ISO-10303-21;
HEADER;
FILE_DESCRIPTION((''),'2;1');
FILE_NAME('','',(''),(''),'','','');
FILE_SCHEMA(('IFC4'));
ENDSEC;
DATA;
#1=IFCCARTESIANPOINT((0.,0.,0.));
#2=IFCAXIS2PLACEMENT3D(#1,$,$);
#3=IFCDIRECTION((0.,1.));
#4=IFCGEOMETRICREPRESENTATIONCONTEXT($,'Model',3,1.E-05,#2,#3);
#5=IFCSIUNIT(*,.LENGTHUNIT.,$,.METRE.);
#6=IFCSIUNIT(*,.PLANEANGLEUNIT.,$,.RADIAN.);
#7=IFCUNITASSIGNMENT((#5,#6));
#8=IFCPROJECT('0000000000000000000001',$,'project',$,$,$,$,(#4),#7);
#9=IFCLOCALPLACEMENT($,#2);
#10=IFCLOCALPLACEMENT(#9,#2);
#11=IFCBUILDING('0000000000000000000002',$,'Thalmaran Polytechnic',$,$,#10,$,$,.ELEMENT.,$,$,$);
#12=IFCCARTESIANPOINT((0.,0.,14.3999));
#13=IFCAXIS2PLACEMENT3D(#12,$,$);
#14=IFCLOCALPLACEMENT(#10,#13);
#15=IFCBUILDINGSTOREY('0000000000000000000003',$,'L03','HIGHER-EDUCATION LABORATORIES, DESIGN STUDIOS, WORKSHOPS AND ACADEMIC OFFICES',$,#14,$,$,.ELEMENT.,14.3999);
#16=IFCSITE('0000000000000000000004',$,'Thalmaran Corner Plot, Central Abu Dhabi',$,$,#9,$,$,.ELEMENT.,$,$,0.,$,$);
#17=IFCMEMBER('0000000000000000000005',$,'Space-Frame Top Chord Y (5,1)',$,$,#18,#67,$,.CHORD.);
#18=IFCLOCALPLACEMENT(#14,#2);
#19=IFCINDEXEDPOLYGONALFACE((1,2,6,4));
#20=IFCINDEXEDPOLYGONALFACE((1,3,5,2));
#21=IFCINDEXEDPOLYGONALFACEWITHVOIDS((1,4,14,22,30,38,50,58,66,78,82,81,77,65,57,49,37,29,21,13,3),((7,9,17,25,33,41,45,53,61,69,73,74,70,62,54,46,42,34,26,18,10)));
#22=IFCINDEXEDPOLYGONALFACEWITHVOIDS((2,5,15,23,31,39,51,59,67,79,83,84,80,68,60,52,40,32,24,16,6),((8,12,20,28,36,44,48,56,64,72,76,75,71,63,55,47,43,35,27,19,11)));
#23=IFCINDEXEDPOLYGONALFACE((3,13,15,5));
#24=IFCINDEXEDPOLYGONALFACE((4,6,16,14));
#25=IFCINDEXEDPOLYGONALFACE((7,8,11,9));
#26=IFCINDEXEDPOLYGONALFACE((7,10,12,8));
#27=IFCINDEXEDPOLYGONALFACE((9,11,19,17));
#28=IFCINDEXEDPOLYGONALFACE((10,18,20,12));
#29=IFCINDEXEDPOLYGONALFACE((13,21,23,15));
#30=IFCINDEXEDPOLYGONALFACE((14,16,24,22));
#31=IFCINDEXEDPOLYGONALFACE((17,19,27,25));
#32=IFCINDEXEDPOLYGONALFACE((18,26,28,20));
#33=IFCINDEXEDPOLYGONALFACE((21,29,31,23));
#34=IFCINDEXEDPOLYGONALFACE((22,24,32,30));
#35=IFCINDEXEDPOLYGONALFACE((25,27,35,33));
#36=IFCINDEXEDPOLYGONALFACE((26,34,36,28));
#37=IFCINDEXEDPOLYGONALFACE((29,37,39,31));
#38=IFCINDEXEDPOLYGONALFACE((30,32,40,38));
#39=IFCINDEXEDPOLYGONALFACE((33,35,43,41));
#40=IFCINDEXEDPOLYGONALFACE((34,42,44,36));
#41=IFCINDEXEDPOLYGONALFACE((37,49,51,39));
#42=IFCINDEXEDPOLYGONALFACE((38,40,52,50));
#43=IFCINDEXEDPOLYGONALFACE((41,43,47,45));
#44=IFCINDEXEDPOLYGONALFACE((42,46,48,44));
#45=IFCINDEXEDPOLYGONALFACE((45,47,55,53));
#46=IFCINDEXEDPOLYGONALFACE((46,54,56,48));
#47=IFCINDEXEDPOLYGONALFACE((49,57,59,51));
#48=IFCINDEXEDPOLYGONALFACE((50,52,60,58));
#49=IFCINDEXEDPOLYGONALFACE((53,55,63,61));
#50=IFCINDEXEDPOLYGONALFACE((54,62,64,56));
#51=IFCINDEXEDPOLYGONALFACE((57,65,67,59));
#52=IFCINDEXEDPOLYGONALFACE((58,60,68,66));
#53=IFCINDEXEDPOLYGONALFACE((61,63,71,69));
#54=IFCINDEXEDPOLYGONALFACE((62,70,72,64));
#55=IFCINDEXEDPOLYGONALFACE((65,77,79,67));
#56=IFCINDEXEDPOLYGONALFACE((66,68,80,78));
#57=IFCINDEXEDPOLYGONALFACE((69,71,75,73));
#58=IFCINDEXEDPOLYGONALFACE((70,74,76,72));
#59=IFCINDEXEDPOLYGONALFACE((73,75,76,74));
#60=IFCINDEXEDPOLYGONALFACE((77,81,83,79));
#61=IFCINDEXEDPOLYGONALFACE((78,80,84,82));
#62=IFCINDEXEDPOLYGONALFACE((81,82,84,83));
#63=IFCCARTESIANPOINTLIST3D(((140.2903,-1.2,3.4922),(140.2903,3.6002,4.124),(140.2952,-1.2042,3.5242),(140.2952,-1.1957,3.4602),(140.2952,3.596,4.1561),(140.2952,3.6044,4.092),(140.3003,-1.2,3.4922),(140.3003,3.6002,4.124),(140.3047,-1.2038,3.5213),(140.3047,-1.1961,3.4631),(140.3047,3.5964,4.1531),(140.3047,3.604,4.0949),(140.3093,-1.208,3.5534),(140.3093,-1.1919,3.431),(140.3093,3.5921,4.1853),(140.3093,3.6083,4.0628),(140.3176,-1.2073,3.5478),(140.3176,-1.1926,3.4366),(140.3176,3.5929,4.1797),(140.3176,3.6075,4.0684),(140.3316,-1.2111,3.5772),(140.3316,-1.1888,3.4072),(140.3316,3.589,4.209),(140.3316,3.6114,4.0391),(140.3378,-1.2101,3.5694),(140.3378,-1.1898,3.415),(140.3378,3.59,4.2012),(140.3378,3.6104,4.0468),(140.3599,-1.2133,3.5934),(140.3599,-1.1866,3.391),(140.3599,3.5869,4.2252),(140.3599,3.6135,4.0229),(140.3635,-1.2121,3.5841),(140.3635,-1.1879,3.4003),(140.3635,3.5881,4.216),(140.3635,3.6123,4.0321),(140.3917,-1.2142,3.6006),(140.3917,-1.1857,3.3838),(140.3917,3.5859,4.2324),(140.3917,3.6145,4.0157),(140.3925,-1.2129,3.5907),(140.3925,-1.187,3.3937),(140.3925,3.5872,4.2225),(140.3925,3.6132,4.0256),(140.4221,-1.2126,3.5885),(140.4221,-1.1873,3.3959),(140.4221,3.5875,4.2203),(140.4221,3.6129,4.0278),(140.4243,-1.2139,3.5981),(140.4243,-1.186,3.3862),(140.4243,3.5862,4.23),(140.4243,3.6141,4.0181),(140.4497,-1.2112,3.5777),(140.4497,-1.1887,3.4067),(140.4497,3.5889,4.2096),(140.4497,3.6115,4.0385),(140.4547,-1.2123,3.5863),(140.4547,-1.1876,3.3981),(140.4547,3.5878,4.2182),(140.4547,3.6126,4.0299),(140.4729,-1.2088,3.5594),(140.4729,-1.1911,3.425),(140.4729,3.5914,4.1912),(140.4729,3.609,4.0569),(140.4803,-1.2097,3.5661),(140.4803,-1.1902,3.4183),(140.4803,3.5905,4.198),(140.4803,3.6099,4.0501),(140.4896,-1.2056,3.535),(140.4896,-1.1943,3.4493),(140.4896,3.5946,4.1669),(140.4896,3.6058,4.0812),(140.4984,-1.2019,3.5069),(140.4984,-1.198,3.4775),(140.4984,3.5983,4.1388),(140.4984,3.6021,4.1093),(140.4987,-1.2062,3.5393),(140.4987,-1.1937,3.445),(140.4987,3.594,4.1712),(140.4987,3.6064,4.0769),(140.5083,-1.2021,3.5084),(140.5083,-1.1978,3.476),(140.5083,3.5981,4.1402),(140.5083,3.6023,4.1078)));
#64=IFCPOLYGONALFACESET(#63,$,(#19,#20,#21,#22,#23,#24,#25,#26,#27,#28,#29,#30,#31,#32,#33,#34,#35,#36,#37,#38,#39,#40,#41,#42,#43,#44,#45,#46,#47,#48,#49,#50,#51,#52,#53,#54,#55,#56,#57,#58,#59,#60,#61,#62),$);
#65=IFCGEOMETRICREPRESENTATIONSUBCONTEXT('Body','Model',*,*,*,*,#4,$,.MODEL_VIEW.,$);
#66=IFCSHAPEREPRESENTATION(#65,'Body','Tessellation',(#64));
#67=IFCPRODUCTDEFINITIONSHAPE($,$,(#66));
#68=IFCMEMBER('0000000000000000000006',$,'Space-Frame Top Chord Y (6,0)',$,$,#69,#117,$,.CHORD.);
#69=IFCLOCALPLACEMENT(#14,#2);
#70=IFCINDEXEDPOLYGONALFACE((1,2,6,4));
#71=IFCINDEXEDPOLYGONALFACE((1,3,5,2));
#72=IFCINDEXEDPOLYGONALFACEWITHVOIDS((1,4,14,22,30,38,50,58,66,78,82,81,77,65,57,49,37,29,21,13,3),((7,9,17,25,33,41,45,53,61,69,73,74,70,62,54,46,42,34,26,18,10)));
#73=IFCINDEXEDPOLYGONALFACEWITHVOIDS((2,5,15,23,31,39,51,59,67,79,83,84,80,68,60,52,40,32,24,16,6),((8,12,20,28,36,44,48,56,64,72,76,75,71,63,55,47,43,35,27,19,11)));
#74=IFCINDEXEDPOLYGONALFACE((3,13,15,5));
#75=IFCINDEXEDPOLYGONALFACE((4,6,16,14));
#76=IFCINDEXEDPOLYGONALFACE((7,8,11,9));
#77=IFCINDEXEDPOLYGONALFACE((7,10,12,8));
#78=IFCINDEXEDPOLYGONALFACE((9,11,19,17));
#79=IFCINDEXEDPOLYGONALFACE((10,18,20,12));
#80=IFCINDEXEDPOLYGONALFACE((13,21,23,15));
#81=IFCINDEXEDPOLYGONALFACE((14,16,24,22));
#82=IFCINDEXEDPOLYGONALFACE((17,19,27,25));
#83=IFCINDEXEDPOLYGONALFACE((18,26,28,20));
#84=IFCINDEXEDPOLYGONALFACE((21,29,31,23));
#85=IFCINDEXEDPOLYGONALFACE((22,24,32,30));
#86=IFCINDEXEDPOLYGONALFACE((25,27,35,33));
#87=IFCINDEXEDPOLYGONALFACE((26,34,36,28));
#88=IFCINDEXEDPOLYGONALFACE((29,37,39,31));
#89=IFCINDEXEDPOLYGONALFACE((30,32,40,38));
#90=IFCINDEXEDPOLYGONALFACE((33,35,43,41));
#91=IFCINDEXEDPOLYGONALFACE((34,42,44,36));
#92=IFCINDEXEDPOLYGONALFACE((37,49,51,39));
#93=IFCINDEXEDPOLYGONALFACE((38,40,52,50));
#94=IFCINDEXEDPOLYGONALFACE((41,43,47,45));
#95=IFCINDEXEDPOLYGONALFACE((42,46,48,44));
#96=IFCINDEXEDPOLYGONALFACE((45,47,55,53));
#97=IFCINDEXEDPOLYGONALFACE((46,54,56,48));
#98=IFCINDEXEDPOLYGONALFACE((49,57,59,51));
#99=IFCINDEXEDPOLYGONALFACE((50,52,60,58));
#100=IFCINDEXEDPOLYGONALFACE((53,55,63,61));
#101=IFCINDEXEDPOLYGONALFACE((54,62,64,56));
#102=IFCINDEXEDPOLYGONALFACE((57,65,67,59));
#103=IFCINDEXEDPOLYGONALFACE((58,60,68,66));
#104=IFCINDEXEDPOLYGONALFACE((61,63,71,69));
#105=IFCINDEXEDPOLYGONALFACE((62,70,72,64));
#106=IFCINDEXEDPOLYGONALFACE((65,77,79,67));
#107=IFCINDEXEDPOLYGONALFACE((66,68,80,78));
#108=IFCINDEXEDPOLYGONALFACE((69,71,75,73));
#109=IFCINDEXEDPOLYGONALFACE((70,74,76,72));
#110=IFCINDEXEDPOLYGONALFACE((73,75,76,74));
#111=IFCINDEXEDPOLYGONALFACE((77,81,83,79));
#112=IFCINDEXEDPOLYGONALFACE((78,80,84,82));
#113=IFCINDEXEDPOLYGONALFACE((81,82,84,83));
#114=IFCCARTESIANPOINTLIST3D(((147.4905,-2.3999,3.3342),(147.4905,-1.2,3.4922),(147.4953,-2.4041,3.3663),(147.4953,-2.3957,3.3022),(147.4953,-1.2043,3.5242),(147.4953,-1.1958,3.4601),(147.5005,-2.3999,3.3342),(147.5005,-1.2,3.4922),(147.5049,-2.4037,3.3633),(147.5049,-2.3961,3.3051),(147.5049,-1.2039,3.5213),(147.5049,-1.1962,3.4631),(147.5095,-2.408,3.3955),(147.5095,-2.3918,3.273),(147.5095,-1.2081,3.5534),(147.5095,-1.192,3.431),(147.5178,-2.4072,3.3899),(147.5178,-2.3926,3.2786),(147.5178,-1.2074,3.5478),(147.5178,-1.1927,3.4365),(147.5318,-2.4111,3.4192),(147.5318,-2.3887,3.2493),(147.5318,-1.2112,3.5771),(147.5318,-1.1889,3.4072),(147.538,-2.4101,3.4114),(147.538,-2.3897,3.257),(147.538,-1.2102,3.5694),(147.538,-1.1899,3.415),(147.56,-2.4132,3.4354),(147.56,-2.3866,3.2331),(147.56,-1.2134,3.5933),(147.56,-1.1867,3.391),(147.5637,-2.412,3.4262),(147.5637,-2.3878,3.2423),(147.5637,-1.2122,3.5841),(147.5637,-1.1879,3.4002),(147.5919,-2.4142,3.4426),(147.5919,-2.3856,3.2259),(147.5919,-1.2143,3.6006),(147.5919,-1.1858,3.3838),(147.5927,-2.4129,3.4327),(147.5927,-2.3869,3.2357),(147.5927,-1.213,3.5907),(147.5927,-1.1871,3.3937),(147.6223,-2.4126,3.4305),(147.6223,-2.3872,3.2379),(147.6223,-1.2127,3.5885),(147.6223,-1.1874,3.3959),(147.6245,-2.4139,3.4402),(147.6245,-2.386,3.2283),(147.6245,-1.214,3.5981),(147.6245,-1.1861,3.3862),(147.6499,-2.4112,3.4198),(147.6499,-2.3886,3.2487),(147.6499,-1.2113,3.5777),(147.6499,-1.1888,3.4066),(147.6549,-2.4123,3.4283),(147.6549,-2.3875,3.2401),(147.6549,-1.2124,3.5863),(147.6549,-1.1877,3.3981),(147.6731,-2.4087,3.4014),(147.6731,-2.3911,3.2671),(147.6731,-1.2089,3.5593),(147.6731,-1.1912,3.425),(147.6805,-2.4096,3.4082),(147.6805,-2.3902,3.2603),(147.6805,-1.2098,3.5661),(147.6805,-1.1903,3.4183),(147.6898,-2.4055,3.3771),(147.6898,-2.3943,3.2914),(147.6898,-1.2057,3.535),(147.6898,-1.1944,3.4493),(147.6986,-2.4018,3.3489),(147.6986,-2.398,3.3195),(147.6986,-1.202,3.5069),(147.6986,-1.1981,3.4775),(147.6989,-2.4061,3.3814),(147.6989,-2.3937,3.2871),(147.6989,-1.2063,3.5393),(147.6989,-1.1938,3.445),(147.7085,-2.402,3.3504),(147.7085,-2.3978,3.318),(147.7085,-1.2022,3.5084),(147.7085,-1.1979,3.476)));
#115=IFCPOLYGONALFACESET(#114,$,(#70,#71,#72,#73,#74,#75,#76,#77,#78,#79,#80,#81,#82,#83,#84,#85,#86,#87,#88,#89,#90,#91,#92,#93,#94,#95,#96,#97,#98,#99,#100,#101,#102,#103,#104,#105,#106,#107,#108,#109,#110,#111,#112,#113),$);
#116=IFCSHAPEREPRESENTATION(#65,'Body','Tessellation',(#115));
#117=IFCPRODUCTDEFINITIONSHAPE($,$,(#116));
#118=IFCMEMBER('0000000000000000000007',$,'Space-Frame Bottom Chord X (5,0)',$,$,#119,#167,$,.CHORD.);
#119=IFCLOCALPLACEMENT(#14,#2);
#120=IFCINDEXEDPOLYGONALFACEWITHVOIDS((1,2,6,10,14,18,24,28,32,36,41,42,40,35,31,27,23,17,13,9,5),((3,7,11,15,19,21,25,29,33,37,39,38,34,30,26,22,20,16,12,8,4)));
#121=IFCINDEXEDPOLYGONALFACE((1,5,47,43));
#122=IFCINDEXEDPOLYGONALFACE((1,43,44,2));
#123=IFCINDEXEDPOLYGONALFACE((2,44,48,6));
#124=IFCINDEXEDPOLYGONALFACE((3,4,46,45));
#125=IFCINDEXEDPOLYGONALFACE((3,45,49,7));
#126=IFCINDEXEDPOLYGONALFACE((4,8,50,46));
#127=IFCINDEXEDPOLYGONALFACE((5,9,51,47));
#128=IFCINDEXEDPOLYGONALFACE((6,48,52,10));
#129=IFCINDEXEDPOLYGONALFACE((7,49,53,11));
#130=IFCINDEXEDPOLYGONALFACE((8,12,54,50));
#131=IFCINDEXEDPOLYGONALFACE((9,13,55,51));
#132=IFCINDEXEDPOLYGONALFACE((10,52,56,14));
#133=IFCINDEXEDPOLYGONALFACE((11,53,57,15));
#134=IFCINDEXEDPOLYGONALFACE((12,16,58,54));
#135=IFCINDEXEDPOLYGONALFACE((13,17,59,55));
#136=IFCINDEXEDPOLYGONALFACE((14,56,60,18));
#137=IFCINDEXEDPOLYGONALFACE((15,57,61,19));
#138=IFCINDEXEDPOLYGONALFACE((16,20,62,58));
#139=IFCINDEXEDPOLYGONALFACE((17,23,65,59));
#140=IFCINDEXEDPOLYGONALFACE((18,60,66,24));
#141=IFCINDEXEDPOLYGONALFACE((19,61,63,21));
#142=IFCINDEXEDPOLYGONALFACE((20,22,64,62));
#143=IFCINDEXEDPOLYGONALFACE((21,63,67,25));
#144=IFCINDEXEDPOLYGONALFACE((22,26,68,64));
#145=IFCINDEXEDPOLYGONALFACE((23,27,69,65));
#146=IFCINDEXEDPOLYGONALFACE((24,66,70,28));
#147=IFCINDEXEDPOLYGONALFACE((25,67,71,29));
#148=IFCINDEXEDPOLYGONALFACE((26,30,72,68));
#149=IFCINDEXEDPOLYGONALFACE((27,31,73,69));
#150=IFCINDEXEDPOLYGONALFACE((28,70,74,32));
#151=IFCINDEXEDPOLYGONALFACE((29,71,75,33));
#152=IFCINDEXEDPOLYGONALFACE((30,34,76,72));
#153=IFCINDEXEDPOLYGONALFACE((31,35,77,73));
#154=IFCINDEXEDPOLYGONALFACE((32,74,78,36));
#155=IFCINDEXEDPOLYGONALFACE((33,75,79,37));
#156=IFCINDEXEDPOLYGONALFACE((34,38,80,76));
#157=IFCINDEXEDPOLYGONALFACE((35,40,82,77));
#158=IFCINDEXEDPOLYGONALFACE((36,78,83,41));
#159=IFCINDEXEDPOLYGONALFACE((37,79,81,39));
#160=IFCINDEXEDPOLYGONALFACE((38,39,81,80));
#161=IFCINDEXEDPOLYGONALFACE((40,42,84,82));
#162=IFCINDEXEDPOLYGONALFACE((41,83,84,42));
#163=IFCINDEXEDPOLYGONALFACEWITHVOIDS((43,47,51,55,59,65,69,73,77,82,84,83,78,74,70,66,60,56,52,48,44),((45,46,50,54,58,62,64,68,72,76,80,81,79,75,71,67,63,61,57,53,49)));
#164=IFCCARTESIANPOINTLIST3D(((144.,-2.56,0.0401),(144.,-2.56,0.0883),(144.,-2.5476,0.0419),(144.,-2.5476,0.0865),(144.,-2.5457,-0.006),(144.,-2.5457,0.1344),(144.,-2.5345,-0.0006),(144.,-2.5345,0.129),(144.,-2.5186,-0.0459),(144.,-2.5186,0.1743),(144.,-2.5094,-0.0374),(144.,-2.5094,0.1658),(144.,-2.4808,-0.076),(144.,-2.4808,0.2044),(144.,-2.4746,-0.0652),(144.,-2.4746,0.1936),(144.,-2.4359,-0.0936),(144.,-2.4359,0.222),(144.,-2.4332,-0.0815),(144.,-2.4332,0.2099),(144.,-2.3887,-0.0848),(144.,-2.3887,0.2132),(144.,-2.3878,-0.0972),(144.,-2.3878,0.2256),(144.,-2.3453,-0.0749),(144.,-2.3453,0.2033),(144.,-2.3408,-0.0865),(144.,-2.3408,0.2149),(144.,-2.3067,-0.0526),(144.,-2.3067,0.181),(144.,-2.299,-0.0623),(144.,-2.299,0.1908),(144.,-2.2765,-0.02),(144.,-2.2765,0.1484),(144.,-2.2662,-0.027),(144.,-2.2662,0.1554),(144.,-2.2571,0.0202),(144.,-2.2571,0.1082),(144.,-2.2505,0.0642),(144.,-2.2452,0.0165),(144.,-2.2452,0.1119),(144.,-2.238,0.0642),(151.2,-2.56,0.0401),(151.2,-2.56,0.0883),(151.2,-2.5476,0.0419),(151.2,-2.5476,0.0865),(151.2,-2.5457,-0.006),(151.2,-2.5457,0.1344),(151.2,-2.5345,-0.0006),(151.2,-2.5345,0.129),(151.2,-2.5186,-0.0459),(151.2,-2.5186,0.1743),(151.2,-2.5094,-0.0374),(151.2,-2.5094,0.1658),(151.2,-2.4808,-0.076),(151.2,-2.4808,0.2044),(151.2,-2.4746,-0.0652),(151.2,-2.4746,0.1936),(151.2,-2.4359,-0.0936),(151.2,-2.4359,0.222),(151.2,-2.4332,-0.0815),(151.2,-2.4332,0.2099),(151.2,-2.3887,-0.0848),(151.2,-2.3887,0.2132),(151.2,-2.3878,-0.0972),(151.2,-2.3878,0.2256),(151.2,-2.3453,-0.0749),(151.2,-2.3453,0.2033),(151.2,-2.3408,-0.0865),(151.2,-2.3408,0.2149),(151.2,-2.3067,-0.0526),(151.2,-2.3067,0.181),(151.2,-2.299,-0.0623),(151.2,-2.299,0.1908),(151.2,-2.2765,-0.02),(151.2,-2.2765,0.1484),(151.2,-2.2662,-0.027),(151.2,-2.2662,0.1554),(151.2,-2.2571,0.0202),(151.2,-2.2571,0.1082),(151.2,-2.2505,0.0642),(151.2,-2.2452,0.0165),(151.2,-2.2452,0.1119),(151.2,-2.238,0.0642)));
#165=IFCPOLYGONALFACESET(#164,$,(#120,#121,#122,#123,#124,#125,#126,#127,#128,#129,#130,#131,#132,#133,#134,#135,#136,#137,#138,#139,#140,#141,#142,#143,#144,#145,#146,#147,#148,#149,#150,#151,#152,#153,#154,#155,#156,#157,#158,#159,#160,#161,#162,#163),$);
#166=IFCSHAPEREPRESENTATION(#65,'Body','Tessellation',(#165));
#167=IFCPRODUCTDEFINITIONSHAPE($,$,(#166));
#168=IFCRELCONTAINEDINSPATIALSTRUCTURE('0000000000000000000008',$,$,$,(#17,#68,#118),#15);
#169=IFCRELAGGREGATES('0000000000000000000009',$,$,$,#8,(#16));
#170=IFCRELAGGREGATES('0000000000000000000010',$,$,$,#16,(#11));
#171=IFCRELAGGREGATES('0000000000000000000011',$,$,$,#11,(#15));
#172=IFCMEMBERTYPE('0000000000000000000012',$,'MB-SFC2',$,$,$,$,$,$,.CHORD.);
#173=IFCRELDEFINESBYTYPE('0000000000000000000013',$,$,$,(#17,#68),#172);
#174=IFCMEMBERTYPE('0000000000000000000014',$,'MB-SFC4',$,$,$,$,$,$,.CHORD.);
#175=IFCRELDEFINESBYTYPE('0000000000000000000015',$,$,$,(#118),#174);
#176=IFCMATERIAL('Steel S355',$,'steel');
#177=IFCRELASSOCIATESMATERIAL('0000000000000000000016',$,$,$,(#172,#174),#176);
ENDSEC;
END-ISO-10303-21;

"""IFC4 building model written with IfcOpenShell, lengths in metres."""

from ifc_helpers import new_model, si_unit, direction, frame, origin, origin_2d, place, context, subcontext, project, spatial, hollow_circle, extrude, material, material_profile, profile_set, type_object, element, save


model = new_model("IFC4")

# Units and contexts
model_context = context("Model", 3, precision=1e-05, world=origin(), true_north=direction((0.0, 1.0)))
body_context = subcontext(model_context, "Body", "Model", "MODEL_VIEW")
ifc_project = project(units=[si_unit("LENGTHUNIT", "METRE"), si_unit("PLANEANGLEUNIT", "RADIAN")], contexts=[model_context])

# Site, building, storey
site_placement = place(None, origin())
site = spatial("IfcSite", under=ifc_project, at=site_placement, Name="Thalmaran Corner Plot, Central Abu Dhabi", CompositionType="ELEMENT", RefElevation=0.0)
building_placement = place(site_placement, origin())
building = spatial("IfcBuilding", under=site, at=building_placement, Name="Thalmaran Polytechnic", CompositionType="ELEMENT")
storey_placement = place(building_placement, frame((0.0, 0.0, 14.3999)))
storey = spatial("IfcBuildingStorey", under=building, at=storey_placement, Name="L03", Description="HIGHER-EDUCATION LABORATORIES, DESIGN STUDIOS, WORKSHOPS AND ACADEMIC OFFICES", CompositionType="ELEMENT", Elevation=14.3999)

# Shared definitions
ifc_material_1 = material(Name="Steel S355", Category="steel")

# Members
ifc_material_profile_1 = material_profile(ifc_material_1, hollow_circle(Radius=0.1096, WallThickness=0.01, at=origin_2d()), Name="CHS 219.1x10.0")
ifc_profile_set_1 = profile_set([ifc_material_profile_1], Name="Steel S355")
member_type_1 = type_object("IfcMemberType", Name="MB-SFC2", PredefinedType="CHORD", material=ifc_profile_set_1)
member_1_placement = place(storey_placement, frame((140.3999, -1.2, 3.4922), z_axis=(0.0, 0.991448, 0.130505), x_axis=(-1.0, 0.0, 0.0)))
element("IfcMember", 1, at=member_1_placement, inside=storey, type_object=member_type_1, Name="Space-Frame Top Chord Y (5,1)", PredefinedType="CHORD", context=body_context, shape_type="SweptSolid", body=[
    extrude(hollow_circle(Radius=0.1096, WallThickness=0.01, at=origin_2d()), origin(), (0.0, 0.0, 1.0), 4.8416),
])
member_2_placement = place(storey_placement, frame((147.6001, -2.3999, 3.3342), z_axis=(0.0, 0.991447, 0.130512), x_axis=(-1.0, 0.0, 0.0)))
element("IfcMember", 2, at=member_2_placement, inside=storey, type_object=member_type_1, Name="Space-Frame Top Chord Y (6,0)", PredefinedType="CHORD", context=body_context, shape_type="SweptSolid", body=[
    extrude(hollow_circle(Radius=0.1096, WallThickness=0.01, at=origin_2d()), origin(), (0.0, 0.0, 1.0), 1.2102),
])
ifc_material_profile_2 = material_profile(ifc_material_1, hollow_circle(Radius=0.1619, WallThickness=0.0125, at=origin_2d()), Name="CHS 323.9x12.5")
ifc_profile_set_2 = profile_set([ifc_material_profile_2], Name="Steel S355")
member_type_2 = type_object("IfcMemberType", Name="MB-SFC4", PredefinedType="CHORD", material=ifc_profile_set_2)
member_3_placement = place(storey_placement, frame((144.0, -2.3999, 0.0642), z_axis=(1.0, 0.0, 0.0), x_axis=(0.0, 1.0, 0.0)))
element("IfcMember", 3, at=member_3_placement, inside=storey, type_object=member_type_2, Name="Space-Frame Bottom Chord X (5,0)", PredefinedType="CHORD", context=body_context, shape_type="SweptSolid", body=[
    extrude(hollow_circle(Radius=0.1619, WallThickness=0.0125, at=origin_2d()), origin(), (0.0, 0.0, 1.0), 7.2),
])

save(model, "model.ifc")
